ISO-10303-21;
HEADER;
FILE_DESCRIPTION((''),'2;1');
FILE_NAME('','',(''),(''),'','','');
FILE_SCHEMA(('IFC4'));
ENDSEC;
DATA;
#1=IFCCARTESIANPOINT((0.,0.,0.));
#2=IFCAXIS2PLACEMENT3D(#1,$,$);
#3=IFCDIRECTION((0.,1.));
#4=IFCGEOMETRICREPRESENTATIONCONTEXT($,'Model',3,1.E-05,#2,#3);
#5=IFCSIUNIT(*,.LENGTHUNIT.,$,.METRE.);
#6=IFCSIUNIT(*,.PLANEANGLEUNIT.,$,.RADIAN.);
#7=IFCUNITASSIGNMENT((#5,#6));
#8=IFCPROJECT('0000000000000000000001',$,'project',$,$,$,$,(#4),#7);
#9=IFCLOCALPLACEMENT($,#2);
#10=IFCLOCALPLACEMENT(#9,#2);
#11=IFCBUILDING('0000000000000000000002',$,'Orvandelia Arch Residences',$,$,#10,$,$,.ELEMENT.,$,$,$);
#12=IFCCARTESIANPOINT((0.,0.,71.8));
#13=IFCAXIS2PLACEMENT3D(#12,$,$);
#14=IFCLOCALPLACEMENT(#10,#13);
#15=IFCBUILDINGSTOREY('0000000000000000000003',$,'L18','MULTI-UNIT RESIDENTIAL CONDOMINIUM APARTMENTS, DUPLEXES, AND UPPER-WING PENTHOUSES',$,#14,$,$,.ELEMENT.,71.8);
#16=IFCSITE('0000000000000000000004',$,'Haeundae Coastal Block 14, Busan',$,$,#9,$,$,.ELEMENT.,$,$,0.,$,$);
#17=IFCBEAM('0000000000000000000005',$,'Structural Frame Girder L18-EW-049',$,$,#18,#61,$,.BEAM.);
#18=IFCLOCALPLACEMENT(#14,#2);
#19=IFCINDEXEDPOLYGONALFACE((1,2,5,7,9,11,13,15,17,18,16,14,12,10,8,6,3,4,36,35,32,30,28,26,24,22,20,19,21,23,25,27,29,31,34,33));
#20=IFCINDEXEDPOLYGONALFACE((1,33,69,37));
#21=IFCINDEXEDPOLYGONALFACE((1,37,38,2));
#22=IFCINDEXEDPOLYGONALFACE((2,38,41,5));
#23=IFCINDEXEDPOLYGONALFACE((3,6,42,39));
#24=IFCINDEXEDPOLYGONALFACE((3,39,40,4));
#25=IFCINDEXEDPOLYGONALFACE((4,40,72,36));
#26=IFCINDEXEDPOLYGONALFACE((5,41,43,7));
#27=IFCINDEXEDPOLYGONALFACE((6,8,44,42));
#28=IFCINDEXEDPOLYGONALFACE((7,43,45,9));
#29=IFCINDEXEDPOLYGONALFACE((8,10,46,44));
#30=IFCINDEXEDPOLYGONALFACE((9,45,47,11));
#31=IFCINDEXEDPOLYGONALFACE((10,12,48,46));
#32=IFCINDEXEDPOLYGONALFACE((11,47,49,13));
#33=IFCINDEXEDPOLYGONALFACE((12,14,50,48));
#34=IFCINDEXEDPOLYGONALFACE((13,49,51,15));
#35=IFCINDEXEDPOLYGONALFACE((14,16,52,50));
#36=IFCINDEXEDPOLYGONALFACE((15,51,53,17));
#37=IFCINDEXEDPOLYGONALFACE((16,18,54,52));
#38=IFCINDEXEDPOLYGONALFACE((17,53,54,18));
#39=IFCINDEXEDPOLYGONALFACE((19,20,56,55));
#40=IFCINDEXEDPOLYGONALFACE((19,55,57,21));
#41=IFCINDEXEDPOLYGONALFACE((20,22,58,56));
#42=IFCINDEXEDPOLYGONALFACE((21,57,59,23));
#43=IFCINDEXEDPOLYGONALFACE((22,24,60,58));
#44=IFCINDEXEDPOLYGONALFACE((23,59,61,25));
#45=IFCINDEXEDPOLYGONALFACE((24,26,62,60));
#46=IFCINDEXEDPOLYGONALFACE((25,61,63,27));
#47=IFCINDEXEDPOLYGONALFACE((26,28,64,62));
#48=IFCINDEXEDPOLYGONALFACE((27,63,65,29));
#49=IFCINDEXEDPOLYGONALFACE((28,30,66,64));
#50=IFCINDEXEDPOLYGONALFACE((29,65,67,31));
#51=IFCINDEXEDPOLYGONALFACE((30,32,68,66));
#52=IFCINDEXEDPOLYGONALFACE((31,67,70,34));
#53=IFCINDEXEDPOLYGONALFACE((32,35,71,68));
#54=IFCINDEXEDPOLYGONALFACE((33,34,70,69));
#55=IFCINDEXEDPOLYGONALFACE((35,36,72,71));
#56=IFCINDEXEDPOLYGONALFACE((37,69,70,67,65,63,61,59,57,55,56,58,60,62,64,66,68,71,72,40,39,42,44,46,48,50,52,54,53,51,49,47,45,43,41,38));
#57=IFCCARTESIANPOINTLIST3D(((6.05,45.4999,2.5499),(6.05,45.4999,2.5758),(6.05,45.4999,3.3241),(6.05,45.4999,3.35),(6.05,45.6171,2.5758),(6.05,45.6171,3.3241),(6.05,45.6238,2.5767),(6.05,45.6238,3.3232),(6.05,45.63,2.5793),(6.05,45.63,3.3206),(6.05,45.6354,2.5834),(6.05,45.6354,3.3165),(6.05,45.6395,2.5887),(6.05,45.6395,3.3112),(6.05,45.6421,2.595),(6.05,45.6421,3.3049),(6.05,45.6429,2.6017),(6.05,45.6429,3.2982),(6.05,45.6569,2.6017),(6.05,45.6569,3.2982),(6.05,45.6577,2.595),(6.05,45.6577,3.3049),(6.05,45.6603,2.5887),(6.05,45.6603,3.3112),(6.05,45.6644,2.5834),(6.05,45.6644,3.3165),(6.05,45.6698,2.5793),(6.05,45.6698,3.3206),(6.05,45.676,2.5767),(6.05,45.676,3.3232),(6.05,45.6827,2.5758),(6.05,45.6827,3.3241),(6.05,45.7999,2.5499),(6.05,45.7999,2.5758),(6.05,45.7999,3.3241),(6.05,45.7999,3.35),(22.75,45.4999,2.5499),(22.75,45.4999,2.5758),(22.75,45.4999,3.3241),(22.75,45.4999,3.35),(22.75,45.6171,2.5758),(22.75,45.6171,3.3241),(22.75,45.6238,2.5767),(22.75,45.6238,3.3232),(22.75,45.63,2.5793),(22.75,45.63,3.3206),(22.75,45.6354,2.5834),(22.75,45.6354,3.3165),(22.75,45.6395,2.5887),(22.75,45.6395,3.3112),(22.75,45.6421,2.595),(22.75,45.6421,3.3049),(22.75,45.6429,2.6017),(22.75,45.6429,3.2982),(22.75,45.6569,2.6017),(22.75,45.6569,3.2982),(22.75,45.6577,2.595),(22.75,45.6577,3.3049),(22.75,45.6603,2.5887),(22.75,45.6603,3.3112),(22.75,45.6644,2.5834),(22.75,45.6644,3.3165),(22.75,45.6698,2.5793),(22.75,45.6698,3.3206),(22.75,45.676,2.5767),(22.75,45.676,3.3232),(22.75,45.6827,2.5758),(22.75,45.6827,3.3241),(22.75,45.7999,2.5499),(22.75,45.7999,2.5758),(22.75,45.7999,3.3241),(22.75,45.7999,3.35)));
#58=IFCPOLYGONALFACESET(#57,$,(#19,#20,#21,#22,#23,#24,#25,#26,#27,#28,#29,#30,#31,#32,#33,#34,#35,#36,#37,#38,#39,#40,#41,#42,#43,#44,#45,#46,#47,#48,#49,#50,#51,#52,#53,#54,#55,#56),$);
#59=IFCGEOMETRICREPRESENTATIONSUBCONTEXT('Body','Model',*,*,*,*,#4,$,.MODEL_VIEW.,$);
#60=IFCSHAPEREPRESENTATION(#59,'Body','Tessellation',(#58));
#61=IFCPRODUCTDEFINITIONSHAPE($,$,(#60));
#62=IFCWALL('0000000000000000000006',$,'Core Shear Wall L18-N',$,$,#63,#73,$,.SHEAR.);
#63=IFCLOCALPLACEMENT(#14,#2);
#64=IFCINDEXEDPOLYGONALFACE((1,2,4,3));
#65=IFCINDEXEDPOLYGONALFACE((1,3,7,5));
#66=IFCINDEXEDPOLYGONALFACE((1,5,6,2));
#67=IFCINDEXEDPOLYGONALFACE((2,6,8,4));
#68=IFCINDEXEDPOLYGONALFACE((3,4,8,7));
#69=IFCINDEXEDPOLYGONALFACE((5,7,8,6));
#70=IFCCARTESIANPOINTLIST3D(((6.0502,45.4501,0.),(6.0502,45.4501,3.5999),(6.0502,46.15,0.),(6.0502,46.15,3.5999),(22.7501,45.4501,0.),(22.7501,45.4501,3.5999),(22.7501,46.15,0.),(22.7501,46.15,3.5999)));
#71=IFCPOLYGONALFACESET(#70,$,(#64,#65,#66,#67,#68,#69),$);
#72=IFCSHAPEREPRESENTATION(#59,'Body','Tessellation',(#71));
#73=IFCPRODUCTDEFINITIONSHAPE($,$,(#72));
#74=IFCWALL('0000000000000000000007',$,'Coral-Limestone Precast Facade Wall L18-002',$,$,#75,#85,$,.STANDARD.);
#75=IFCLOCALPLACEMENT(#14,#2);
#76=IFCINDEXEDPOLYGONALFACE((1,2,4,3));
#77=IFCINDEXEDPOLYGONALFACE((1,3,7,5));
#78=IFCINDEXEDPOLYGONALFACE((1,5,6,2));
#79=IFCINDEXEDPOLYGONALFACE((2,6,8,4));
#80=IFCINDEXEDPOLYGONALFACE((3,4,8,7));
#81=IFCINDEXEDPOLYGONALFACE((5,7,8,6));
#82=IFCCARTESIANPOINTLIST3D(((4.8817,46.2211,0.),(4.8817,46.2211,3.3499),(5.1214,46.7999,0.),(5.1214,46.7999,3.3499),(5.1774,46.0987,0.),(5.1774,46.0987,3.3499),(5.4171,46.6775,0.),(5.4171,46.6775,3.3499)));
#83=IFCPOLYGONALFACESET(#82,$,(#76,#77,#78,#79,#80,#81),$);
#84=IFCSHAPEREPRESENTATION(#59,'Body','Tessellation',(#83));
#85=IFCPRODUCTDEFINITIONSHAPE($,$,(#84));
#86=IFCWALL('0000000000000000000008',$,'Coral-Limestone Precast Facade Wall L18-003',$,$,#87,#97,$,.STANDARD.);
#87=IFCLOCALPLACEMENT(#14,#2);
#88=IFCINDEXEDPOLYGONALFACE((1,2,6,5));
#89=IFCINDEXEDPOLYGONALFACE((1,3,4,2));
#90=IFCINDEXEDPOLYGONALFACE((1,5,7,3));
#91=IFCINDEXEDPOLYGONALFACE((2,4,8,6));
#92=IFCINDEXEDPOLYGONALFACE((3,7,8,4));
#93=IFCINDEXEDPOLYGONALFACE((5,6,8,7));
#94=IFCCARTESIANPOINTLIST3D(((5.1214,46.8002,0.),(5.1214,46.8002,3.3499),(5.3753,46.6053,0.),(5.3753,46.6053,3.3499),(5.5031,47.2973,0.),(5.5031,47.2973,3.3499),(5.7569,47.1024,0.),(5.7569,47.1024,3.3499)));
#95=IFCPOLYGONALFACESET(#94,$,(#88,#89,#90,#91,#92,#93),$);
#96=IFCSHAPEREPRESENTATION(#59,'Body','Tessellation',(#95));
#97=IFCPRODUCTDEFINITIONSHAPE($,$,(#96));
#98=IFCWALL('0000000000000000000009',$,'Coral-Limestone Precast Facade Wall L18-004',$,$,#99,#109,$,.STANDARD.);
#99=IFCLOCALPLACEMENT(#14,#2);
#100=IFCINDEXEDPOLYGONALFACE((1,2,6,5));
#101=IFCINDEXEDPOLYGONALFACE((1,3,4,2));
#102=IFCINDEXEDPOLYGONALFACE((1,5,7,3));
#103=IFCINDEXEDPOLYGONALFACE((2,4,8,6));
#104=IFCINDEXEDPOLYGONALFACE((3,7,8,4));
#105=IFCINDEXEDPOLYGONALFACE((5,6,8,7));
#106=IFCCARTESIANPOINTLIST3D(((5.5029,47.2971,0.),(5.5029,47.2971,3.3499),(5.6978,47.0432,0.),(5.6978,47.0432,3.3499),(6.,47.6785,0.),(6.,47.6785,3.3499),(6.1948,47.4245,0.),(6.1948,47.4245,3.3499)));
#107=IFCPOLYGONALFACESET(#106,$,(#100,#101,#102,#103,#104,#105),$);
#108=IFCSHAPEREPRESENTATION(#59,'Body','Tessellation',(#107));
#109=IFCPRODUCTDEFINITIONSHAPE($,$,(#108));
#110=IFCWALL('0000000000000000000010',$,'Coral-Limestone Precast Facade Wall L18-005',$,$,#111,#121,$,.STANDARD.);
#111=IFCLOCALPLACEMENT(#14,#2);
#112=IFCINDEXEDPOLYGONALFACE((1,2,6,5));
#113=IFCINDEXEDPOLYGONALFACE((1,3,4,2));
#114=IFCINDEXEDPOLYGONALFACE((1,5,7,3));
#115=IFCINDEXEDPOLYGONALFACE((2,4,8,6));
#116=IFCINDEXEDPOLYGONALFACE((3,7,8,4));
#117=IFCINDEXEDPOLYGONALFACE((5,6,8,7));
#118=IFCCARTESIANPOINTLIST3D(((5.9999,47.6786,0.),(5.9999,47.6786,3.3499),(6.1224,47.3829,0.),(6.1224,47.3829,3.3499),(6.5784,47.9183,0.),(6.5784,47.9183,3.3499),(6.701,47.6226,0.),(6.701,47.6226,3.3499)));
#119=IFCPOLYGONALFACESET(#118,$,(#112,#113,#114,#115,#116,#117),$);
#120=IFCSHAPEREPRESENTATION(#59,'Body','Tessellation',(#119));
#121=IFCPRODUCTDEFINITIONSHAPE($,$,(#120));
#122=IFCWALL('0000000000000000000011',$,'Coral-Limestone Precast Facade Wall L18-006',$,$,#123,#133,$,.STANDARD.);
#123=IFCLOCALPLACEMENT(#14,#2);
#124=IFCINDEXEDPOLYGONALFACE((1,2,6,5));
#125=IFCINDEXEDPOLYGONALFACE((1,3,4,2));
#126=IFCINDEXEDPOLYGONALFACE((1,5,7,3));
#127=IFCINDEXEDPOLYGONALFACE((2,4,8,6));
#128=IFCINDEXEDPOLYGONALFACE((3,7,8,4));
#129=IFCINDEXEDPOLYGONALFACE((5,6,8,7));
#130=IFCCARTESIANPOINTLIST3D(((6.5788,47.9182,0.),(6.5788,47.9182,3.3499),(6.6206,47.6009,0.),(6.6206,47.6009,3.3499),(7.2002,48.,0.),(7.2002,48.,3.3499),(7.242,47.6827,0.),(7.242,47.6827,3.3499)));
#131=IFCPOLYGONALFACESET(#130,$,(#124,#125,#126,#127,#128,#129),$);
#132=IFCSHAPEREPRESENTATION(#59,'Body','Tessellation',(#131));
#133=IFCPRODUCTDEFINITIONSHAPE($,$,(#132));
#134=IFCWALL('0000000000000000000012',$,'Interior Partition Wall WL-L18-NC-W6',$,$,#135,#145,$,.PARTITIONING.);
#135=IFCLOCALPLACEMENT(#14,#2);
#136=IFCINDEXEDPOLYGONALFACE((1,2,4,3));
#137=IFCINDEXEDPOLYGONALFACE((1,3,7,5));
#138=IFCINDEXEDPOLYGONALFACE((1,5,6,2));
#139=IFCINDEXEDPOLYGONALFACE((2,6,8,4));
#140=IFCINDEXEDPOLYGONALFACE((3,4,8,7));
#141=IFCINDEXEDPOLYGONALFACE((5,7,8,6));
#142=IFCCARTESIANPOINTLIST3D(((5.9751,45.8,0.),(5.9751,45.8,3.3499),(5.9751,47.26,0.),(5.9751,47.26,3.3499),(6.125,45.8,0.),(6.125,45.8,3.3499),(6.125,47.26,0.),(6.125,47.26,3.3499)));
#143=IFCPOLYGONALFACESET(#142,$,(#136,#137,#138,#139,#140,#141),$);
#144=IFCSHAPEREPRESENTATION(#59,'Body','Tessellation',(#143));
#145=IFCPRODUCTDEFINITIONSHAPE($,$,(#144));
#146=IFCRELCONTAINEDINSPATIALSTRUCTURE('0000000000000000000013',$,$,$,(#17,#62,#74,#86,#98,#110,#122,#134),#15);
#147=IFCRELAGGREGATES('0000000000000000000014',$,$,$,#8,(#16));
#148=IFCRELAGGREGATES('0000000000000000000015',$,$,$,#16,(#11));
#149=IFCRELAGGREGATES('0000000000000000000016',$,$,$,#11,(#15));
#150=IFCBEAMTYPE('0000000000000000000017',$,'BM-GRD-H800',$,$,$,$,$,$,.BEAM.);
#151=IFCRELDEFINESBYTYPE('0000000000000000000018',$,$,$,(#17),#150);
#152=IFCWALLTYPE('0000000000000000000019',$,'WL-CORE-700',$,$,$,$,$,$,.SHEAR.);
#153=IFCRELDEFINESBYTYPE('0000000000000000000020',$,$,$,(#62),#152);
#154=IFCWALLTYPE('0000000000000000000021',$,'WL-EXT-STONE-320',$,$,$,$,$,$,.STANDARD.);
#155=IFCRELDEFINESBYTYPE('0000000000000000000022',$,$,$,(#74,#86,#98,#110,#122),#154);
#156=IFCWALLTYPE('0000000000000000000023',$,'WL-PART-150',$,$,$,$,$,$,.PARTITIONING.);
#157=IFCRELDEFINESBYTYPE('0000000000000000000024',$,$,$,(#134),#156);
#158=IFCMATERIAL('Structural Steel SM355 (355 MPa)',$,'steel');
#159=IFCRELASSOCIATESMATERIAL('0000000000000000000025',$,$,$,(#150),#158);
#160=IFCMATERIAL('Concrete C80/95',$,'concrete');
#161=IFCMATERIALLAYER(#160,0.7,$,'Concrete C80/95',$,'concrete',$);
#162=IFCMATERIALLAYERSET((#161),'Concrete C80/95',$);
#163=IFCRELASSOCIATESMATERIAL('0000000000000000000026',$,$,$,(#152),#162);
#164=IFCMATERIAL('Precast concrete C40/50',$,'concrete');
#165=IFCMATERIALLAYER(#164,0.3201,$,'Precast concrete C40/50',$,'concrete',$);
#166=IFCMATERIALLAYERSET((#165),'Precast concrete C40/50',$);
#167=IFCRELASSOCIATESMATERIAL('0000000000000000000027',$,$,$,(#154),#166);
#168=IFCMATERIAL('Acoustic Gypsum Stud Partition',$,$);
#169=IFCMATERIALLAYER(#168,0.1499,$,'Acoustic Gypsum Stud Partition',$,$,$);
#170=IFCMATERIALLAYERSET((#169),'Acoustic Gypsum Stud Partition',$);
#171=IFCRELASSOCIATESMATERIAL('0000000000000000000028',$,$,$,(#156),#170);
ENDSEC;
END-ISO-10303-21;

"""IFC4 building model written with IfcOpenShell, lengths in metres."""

from ifc_helpers import new_model, si_unit, direction, frame, frame_2d, origin, origin_2d, place, context, subcontext, project, spatial, rectangle, i_section, extrude, material, layer, layer_set, material_profile, profile_set, type_object, element, save


model = new_model("IFC4")

# Units and contexts
model_context = context("Model", 3, precision=1e-05, world=origin(), true_north=direction((0.0, 1.0)))
body_context = subcontext(model_context, "Body", "Model", "MODEL_VIEW")
ifc_project = project(units=[si_unit("LENGTHUNIT", "METRE"), si_unit("PLANEANGLEUNIT", "RADIAN")], contexts=[model_context])

# Site, building, storey
site_placement = place(None, origin())
site = spatial("IfcSite", under=ifc_project, at=site_placement, Name="Haeundae Coastal Block 14, Busan", CompositionType="ELEMENT", RefElevation=0.0)
building_placement = place(site_placement, origin())
building = spatial("IfcBuilding", under=site, at=building_placement, Name="Orvandelia Arch Residences", CompositionType="ELEMENT")
storey_placement = place(building_placement, frame((0.0, 0.0, 71.8)))
storey = spatial("IfcBuildingStorey", under=building, at=storey_placement, Name="L18", Description="MULTI-UNIT RESIDENTIAL CONDOMINIUM APARTMENTS, DUPLEXES, AND UPPER-WING PENTHOUSES", CompositionType="ELEMENT", Elevation=71.8)

# Beam
ifc_material_1 = material(Name="Structural Steel SM355 (355 MPa)", Category="steel")
ifc_material_profile = material_profile(ifc_material_1, i_section(OverallWidth=0.3, OverallDepth=0.8, WebThickness=0.0139, FlangeThickness=0.0259, FilletRadius=0.0259, at=origin_2d()), Name="Structural Steel SM355 (355 MPa)", Category="steel")
ifc_profile_set = profile_set([ifc_material_profile], Name="Structural Steel SM355 (355 MPa)")
beam_type = type_object("IfcBeamType", Name="BM-GRD-H800", PredefinedType="BEAM", material=ifc_profile_set)
beam_placement = place(storey_placement, frame((6.05, 45.6499, 2.95), z_axis=(1.0, 0.0, 0.0), x_axis=(0.0, 1.0, 0.0)))
element("IfcBeam", 1, at=beam_placement, inside=storey, type_object=beam_type, Name="Structural Frame Girder L18-EW-049", PredefinedType="BEAM", context=body_context, shape_type="SweptSolid", body=[
    extrude(i_section(OverallWidth=0.3, OverallDepth=0.8, WebThickness=0.0139, FlangeThickness=0.0259, FilletRadius=0.0259, at=origin_2d()), origin(), (0.0, 0.0, 1.0), 16.7),
])

# Walls
ifc_material_2 = material(Name="Concrete C80/95", Category="concrete")
ifc_layer_1 = layer(ifc_material_2, 0.7, Name="Concrete C80/95", Category="concrete")
ifc_layer_set_1 = layer_set([ifc_layer_1], Name="Concrete C80/95")
wall_type_1 = type_object("IfcWallType", Name="WL-CORE-700", PredefinedType="SHEAR", material=ifc_layer_set_1)
wall_1_placement = place(storey_placement, frame((6.05, 45.8, 0.0), z_axis=(0.0, 0.0, 1.0), x_axis=(1.0, 0.0, 0.0)))
element("IfcWall", 2, at=wall_1_placement, inside=storey, type_object=wall_type_1, Name="Core Shear Wall L18-N", PredefinedType="SHEAR", context=body_context, shape_type="SweptSolid", body=[
    extrude(rectangle(XDim=16.7, YDim=0.7, at=frame_2d((8.3501, 0.0))), origin(), (0.0, 0.0, 1.0), 3.5999),
])
ifc_material_3 = material(Name="Precast concrete C40/50", Category="concrete")
ifc_layer_2 = layer(ifc_material_3, 0.3201, Name="Precast concrete C40/50", Category="concrete")
ifc_layer_set_2 = layer_set([ifc_layer_2], Name="Precast concrete C40/50")
wall_type_2 = type_object("IfcWallType", Name="WL-EXT-STONE-320", PredefinedType="STANDARD", material=ifc_layer_set_2)
wall_2_placement = place(storey_placement, frame((5.0295, 46.1599, 0.0), z_axis=(0.0, 0.0, 1.0), x_axis=(0.38265, 0.923893, 0.0)))
element("IfcWall", 3, at=wall_2_placement, inside=storey, type_object=wall_type_2, Name="Coral-Limestone Precast Facade Wall L18-002", PredefinedType="STANDARD", context=body_context, shape_type="SweptSolid", body=[
    extrude(rectangle(XDim=0.6265, YDim=0.3201, at=frame_2d((0.3132, 0.0))), origin(), (0.0, 0.0, 1.0), 3.3499),
])
wall_3_placement = place(storey_placement, frame((5.2483, 46.7026, 0.0), z_axis=(0.0, 0.0, 1.0), x_axis=(0.608939, 0.793217, 0.0)))
element("IfcWall", 4, at=wall_3_placement, inside=storey, type_object=wall_type_2, Name="Coral-Limestone Precast Facade Wall L18-003", PredefinedType="STANDARD", context=body_context, shape_type="SweptSolid", body=[
    extrude(rectangle(XDim=0.6267, YDim=0.3201, at=frame_2d((0.3135, 0.0))), origin(), (0.0, 0.0, 1.0), 3.3499),
])
wall_4_placement = place(storey_placement, frame((5.6003, 47.1702, 0.0), z_axis=(0.0, 0.0, 1.0), x_axis=(0.793406, 0.608693, 0.0)))
element("IfcWall", 5, at=wall_4_placement, inside=storey, type_object=wall_type_2, Name="Coral-Limestone Precast Facade Wall L18-004", PredefinedType="STANDARD", context=body_context, shape_type="SweptSolid", body=[
    extrude(rectangle(XDim=0.6265, YDim=0.3201, at=frame_2d((0.3132, 0.0))), origin(), (0.0, 0.0, 1.0), 3.3499),
])
wall_5_placement = place(storey_placement, frame((6.0613, 47.5308, 0.0), z_axis=(0.0, 0.0, 1.0), x_axis=(0.923836, 0.382788, 0.0)))
element("IfcWall", 6, at=wall_5_placement, inside=storey, type_object=wall_type_2, Name="Coral-Limestone Precast Facade Wall L18-005", PredefinedType="STANDARD", context=body_context, shape_type="SweptSolid", body=[
    extrude(rectangle(XDim=0.6262, YDim=0.3201, at=frame_2d((0.313, 0.0))), origin(), (0.0, 0.0, 1.0), 3.3499),
])
wall_6_placement = place(storey_placement, frame((6.5996, 47.7595, 0.0), z_axis=(0.0, 0.0, 1.0), x_axis=(0.991448, 0.130505, 0.0)))
element("IfcWall", 7, at=wall_6_placement, inside=storey, type_object=wall_type_2, Name="Coral-Limestone Precast Facade Wall L18-006", PredefinedType="STANDARD", context=body_context, shape_type="SweptSolid", body=[
    extrude(rectangle(XDim=0.6267, YDim=0.3201, at=frame_2d((0.3135, 0.0))), origin(), (0.0, 0.0, 1.0), 3.3499),
])

# Wall
ifc_material_4 = material(Name="Acoustic Gypsum Stud Partition")
ifc_layer_3 = layer(ifc_material_4, 0.1499, Name="Acoustic Gypsum Stud Partition")
ifc_layer_set_3 = layer_set([ifc_layer_3], Name="Acoustic Gypsum Stud Partition")
wall_type_3 = type_object("IfcWallType", Name="WL-PART-150", PredefinedType="PARTITIONING", material=ifc_layer_set_3)
wall_7_placement = place(storey_placement, frame((6.05, 45.8, 0.0), z_axis=(0.0, 0.0, 1.0), x_axis=(0.0, 1.0, 0.0)))
element("IfcWall", 8, at=wall_7_placement, inside=storey, type_object=wall_type_3, Name="Interior Partition Wall WL-L18-NC-W6", PredefinedType="PARTITIONING", context=body_context, shape_type="SweptSolid", body=[
    extrude(rectangle(XDim=1.46, YDim=0.1499, at=frame_2d((0.73, 0.0))), origin(), (0.0, 0.0, 1.0), 3.3499),
])

save(model, "model.ifc")
